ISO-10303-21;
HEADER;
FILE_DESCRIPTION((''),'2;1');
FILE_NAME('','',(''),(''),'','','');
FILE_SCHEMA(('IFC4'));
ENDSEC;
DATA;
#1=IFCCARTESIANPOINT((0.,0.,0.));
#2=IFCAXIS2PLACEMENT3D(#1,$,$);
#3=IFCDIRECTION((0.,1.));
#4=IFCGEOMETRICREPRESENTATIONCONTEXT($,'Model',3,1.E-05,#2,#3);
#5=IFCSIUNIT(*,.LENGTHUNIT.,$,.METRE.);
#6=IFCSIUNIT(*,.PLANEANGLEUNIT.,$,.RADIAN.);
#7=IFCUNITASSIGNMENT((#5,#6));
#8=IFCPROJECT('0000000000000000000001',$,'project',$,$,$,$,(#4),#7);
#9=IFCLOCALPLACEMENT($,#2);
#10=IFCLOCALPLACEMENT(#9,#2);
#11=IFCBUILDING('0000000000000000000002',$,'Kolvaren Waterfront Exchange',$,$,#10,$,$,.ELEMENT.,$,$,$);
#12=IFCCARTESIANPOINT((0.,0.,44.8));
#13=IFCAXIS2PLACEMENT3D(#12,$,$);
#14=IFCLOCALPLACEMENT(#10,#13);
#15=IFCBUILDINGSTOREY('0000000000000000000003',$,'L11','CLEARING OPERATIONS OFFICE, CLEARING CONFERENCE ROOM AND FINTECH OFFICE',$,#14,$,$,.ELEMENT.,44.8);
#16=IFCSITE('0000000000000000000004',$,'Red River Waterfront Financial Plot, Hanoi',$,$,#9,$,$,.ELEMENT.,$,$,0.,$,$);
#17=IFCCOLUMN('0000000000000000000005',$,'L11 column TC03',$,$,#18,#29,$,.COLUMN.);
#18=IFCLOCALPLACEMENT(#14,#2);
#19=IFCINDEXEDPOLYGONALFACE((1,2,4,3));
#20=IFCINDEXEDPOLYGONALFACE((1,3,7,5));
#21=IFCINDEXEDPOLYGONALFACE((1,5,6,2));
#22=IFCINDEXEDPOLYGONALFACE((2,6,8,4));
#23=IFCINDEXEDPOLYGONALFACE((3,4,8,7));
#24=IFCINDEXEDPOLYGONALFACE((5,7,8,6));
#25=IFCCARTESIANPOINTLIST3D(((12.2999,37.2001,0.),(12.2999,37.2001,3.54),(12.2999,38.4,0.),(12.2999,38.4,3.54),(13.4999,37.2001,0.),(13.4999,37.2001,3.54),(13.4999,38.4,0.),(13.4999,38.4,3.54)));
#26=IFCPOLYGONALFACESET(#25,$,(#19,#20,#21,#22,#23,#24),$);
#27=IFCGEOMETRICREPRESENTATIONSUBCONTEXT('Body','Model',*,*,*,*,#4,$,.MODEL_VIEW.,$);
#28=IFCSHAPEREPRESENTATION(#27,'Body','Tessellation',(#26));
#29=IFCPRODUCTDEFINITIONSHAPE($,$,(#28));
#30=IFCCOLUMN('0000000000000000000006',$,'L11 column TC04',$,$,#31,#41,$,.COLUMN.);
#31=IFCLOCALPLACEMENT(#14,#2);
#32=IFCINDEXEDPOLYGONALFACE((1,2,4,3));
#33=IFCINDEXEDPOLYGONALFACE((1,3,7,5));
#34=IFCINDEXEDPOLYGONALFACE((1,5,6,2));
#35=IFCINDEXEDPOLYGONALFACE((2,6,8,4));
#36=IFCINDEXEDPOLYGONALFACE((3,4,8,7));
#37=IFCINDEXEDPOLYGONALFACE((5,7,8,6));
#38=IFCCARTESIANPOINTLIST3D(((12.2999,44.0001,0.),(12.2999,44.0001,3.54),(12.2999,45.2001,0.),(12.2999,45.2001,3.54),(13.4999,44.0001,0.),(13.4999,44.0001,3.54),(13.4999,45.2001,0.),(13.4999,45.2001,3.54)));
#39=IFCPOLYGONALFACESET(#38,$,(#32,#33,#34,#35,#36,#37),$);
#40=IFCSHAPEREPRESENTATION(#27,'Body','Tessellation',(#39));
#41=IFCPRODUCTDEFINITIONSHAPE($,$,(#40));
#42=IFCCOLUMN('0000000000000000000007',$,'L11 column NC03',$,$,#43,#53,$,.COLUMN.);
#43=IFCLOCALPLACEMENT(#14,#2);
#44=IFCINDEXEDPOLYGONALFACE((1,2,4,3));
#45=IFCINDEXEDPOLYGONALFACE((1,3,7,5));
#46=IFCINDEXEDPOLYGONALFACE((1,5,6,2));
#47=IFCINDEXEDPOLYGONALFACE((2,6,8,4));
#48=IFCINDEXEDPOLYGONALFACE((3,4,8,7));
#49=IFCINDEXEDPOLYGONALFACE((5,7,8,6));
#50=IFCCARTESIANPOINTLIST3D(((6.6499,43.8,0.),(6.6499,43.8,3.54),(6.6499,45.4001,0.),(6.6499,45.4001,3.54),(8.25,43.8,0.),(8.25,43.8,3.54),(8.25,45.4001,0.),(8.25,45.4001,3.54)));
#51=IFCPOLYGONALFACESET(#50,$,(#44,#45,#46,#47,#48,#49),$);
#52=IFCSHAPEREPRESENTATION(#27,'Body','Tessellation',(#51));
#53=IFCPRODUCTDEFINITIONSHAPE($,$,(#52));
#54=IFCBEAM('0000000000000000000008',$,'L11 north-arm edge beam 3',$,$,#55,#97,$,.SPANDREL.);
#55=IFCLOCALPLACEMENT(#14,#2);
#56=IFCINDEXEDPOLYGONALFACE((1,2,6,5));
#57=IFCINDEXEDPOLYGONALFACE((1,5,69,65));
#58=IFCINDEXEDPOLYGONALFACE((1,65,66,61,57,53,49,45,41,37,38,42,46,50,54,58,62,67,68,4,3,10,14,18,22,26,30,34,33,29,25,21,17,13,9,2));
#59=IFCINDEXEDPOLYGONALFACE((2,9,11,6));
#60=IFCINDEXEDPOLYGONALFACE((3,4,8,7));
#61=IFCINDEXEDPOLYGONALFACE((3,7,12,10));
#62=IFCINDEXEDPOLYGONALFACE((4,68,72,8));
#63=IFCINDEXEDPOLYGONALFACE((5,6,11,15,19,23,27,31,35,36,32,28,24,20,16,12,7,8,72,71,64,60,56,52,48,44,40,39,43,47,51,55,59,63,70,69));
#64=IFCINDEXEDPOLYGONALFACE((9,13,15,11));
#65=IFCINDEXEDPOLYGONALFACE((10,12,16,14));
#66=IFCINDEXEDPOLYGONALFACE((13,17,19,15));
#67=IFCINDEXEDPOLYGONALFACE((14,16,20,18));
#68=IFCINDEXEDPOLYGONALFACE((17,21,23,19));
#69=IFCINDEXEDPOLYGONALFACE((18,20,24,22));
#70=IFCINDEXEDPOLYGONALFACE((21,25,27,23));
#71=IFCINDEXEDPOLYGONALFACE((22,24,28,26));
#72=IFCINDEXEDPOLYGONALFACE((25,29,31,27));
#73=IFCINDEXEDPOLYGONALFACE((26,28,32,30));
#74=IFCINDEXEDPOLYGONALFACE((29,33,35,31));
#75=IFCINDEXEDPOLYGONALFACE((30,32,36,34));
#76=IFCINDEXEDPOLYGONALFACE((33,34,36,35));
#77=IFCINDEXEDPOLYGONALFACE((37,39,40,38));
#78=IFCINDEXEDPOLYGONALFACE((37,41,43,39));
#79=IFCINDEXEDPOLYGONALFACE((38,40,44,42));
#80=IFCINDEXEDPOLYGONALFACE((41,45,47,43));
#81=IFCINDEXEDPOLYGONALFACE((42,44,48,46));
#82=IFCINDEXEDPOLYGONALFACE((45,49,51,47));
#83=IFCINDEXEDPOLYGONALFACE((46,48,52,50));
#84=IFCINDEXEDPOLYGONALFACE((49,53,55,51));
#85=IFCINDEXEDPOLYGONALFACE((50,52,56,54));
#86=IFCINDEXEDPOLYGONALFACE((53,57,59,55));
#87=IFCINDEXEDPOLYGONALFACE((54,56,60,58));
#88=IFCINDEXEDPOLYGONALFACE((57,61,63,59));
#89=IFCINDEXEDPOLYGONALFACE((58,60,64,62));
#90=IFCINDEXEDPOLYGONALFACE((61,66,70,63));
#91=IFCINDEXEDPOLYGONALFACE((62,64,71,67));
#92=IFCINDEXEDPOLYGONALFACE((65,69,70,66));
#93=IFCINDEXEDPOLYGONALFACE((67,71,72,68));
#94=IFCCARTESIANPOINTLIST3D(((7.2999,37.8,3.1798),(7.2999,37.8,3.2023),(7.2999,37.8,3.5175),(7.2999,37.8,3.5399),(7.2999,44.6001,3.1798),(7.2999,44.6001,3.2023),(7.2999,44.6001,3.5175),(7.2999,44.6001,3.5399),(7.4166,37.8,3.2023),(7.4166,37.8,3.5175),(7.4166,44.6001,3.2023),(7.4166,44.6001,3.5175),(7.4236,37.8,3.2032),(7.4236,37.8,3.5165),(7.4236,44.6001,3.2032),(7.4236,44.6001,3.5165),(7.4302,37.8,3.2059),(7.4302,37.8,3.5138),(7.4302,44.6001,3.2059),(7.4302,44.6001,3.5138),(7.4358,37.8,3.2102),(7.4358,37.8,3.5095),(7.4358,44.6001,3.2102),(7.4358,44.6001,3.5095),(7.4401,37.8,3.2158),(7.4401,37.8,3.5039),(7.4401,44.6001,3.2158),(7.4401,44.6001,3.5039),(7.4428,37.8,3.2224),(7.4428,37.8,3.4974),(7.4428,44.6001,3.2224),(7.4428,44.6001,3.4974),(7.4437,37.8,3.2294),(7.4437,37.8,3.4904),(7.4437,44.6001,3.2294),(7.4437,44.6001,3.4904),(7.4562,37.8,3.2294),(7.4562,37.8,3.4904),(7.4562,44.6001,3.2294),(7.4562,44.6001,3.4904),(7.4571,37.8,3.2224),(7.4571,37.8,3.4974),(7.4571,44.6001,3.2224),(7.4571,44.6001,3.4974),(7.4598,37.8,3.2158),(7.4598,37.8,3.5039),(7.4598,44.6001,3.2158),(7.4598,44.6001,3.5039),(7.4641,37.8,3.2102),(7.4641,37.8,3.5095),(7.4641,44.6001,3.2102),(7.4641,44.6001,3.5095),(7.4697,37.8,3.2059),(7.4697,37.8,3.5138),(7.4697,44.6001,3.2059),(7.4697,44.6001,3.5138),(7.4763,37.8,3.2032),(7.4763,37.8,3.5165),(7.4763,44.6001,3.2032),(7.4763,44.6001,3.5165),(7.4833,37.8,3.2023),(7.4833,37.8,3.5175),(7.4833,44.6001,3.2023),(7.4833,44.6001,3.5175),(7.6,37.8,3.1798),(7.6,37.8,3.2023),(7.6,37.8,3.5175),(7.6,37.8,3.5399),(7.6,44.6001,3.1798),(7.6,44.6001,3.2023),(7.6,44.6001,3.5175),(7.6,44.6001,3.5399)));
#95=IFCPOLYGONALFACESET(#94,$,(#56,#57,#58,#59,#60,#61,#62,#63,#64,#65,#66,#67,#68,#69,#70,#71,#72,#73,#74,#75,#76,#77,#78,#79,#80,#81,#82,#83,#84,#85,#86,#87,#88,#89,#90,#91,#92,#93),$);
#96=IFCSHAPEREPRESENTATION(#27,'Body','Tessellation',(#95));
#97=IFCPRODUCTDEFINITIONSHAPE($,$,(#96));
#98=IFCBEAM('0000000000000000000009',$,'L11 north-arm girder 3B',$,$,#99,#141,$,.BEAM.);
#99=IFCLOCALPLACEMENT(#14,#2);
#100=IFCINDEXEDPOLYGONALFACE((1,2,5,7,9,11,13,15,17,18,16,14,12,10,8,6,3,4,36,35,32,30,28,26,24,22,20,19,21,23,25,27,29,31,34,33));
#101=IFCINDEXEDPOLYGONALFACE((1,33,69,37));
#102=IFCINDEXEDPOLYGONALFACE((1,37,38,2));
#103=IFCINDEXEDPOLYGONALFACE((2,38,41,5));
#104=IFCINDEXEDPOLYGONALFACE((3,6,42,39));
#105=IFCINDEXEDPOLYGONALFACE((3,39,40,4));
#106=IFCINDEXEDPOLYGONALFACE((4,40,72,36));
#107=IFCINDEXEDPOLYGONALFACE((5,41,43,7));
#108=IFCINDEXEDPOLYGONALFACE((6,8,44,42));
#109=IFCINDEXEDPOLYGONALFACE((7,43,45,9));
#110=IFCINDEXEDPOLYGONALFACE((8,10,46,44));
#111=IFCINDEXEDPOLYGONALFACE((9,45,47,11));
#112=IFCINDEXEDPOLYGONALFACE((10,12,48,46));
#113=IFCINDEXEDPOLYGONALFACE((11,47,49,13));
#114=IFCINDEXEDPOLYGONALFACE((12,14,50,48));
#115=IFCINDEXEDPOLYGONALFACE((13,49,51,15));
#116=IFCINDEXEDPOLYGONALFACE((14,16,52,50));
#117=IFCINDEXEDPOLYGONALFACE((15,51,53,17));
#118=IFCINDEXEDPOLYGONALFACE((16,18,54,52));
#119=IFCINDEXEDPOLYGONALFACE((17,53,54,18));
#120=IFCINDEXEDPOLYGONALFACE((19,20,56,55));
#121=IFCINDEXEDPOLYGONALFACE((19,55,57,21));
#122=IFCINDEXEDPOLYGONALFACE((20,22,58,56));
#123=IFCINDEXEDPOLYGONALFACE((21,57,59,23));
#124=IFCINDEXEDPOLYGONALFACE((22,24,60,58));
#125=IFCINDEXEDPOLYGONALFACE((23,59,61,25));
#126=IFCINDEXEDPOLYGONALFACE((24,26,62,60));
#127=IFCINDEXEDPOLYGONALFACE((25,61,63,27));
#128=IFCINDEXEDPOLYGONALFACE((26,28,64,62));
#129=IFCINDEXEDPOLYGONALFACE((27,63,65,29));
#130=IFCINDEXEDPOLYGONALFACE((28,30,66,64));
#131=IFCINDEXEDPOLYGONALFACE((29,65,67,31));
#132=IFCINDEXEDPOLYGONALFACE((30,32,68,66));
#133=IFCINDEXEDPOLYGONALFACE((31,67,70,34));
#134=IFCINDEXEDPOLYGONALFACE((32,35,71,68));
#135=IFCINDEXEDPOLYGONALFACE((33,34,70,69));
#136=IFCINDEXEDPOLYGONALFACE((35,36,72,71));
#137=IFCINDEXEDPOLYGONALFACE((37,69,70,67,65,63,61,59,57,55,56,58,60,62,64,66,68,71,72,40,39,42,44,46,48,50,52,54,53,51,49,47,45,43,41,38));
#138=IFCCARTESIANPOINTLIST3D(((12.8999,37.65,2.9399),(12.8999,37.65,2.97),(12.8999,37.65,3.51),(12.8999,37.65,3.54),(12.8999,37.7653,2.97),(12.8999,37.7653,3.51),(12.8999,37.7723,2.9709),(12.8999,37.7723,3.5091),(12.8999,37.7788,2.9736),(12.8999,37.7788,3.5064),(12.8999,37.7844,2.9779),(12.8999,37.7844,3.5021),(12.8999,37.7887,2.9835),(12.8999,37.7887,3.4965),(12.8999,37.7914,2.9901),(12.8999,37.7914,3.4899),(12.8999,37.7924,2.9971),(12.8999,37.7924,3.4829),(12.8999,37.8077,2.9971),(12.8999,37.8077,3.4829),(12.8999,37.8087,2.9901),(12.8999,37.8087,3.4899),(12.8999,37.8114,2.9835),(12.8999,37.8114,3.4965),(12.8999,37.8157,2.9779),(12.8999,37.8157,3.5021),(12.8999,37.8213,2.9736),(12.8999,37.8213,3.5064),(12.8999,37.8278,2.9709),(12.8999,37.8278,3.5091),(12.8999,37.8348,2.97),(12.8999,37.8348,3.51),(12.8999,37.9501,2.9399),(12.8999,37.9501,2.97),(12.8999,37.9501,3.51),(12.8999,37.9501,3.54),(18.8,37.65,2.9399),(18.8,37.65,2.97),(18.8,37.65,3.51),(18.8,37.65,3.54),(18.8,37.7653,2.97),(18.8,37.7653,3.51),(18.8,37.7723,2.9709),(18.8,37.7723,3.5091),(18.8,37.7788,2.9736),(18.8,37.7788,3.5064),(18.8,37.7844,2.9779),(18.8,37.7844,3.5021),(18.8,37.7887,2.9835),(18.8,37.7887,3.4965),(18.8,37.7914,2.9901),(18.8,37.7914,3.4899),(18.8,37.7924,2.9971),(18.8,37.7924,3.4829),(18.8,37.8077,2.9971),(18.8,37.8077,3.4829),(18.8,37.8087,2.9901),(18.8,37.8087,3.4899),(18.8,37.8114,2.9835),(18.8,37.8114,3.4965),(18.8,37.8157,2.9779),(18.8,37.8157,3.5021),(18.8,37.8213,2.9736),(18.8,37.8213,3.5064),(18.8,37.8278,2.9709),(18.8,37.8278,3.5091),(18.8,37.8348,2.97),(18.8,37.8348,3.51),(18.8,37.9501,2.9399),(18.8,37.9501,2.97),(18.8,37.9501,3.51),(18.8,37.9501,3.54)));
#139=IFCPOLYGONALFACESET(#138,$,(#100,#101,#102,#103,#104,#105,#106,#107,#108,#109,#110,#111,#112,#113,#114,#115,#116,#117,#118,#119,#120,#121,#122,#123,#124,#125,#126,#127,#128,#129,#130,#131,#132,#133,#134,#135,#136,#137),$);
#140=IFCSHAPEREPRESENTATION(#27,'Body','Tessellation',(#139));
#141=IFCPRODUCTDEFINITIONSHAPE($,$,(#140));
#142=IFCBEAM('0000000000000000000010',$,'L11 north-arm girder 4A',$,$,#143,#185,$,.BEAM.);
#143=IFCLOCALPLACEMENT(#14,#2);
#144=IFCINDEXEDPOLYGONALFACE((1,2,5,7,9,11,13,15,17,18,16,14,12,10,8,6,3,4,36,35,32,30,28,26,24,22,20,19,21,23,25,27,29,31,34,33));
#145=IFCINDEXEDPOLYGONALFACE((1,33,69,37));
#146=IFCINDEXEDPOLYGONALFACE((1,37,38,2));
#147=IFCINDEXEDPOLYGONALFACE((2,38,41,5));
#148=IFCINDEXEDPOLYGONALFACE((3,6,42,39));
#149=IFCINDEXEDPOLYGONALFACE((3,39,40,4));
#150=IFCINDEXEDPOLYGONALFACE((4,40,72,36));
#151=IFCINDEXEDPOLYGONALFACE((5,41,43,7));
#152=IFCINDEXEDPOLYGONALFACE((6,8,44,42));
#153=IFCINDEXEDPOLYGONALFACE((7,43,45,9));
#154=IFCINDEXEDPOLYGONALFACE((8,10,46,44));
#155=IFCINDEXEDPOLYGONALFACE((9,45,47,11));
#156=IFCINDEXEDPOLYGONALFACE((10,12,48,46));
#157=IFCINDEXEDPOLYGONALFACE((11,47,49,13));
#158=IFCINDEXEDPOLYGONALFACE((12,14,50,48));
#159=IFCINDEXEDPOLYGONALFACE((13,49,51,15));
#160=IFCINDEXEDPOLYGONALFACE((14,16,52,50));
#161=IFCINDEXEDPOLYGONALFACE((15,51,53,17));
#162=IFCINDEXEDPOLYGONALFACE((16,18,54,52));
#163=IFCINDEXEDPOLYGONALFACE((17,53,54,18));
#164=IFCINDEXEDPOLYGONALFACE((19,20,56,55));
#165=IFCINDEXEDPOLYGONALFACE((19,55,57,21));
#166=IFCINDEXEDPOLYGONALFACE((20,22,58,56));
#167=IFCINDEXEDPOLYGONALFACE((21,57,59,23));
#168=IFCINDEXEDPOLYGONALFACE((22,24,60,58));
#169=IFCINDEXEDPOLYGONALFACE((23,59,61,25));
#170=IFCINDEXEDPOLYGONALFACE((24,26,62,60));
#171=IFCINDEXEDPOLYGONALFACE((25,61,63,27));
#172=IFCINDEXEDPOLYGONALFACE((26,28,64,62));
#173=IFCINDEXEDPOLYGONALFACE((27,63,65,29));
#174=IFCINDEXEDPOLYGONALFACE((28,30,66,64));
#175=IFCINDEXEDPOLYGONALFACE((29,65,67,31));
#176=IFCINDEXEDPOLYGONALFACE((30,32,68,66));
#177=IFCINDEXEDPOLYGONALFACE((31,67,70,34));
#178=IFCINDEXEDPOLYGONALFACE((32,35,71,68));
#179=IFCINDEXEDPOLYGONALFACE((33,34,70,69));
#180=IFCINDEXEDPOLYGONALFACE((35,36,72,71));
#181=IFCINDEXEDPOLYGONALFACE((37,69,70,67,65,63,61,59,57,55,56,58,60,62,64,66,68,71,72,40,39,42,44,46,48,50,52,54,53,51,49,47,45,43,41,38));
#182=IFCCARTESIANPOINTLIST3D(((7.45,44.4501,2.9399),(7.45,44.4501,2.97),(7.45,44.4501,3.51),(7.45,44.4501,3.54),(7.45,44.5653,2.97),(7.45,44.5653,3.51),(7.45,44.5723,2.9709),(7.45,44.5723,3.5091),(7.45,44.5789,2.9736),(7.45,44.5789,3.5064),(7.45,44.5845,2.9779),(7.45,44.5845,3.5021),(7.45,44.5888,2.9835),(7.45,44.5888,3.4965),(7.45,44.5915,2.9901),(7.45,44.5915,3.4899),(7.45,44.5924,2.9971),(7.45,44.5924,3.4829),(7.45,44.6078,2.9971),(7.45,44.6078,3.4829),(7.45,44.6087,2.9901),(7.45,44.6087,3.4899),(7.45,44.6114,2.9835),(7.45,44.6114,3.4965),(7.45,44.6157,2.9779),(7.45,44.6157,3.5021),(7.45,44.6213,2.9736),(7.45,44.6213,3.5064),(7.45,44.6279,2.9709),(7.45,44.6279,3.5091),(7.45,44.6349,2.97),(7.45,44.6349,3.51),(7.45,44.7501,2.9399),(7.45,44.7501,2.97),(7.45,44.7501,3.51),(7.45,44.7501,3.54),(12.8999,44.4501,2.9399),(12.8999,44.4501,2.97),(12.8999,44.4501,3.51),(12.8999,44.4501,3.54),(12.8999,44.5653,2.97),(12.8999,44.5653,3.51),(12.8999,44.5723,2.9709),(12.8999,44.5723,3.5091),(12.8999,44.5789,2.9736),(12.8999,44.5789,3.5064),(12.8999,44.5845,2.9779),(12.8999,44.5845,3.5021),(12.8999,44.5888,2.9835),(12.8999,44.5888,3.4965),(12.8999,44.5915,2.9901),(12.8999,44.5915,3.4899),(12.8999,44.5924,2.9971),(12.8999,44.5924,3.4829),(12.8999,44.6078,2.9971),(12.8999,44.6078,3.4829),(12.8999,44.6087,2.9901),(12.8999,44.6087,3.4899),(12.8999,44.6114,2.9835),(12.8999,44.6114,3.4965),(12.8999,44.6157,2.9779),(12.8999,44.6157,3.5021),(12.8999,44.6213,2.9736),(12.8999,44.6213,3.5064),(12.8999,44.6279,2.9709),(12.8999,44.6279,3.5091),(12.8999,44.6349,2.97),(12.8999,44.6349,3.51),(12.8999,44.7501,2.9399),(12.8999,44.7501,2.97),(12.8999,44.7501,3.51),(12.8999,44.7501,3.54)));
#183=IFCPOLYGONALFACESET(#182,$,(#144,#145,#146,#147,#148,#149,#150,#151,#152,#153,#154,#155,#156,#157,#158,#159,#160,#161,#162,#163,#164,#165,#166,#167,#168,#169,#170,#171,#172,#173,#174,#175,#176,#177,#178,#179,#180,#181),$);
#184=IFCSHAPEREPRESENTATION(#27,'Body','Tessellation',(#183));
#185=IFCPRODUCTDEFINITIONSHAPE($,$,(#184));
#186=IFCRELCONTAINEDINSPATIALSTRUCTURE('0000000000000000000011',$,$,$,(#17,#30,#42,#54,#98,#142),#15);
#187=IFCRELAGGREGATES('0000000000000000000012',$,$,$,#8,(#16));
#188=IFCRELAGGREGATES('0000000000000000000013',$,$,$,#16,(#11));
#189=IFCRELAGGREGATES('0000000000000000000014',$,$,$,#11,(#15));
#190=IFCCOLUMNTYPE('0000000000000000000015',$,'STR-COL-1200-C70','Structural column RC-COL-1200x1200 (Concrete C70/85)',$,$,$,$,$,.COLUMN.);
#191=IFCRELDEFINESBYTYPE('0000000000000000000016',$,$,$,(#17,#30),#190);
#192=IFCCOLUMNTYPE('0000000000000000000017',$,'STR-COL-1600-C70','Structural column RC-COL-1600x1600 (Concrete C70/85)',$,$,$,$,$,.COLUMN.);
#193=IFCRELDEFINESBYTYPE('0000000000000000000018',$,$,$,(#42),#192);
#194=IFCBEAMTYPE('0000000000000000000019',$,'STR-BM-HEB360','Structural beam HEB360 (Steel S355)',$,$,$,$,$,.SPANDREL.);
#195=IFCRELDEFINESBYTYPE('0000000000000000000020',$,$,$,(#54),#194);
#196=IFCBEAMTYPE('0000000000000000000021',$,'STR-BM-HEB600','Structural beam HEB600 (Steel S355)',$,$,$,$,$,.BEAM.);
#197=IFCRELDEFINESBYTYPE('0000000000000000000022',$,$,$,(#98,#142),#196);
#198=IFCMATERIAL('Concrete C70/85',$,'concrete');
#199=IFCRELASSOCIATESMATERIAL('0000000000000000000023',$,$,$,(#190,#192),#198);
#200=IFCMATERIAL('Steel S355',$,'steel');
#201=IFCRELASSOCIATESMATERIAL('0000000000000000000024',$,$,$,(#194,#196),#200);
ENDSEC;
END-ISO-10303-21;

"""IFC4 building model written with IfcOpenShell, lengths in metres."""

from ifc_helpers import new_model, si_unit, direction, frame, origin, origin_2d, place, context, subcontext, project, spatial, rectangle, i_section, extrude, material, material_profile, profile_set, type_object, element, save


model = new_model("IFC4")

# Units and contexts
model_context = context("Model", 3, precision=1e-05, world=origin(), true_north=direction((0.0, 1.0)))
body_context = subcontext(model_context, "Body", "Model", "MODEL_VIEW")
ifc_project = project(units=[si_unit("LENGTHUNIT", "METRE"), si_unit("PLANEANGLEUNIT", "RADIAN")], contexts=[model_context])

# Site, building, storey
site_placement = place(None, origin())
site = spatial("IfcSite", under=ifc_project, at=site_placement, Name="Red River Waterfront Financial Plot, Hanoi", CompositionType="ELEMENT", RefElevation=0.0)
building_placement = place(site_placement, origin())
building = spatial("IfcBuilding", under=site, at=building_placement, Name="Kolvaren Waterfront Exchange", CompositionType="ELEMENT")
storey_placement = place(building_placement, frame((0.0, 0.0, 44.8)))
storey = spatial("IfcBuildingStorey", under=building, at=storey_placement, Name="L11", Description="CLEARING OPERATIONS OFFICE, CLEARING CONFERENCE ROOM AND FINTECH OFFICE", CompositionType="ELEMENT", Elevation=44.8)

# Columns
ifc_material_1 = material(Name="Concrete C70/85", Category="concrete")
ifc_material_profile_1 = material_profile(ifc_material_1, rectangle(XDim=1.2, YDim=1.2, at=origin_2d()), Name="RC-COL-1200x1200")
ifc_profile_set_1 = profile_set([ifc_material_profile_1], Name="Concrete C70/85")
column_type_1 = type_object("IfcColumnType", Name="STR-COL-1200-C70", Description="Structural column RC-COL-1200x1200 (Concrete C70/85)", PredefinedType="COLUMN", material=ifc_profile_set_1)
for number, where, z_axis, x_axis, name in (
    (1, (12.8999, 37.8, 0.0), (0.0, 0.0, 1.0), (1.0, 0.0, 0.0), "L11 column TC03"),
    (2, (12.8999, 44.6001, 0.0), (0.0, 0.0, 1.0), (1.0, 0.0, 0.0), "L11 column TC04"),
):
    element("IfcColumn", number, at=place(storey_placement, frame(where, z_axis=z_axis, x_axis=x_axis)), inside=storey, type_object=column_type_1, Name=name, PredefinedType="COLUMN", context=body_context, shape_type="SweptSolid", body=[
        extrude(rectangle(XDim=1.2, YDim=1.2, at=origin_2d()), origin(), (0.0, 0.0, 1.0), 3.54),
    ])
ifc_material_profile_2 = material_profile(ifc_material_1, rectangle(XDim=1.6001, YDim=1.6001, at=origin_2d()), Name="RC-COL-1600x1600")
ifc_profile_set_2 = profile_set([ifc_material_profile_2], Name="Concrete C70/85")
column_type_2 = type_object("IfcColumnType", Name="STR-COL-1600-C70", Description="Structural column RC-COL-1600x1600 (Concrete C70/85)", PredefinedType="COLUMN", material=ifc_profile_set_2)
column_placement = place(storey_placement, frame((7.45, 44.6001, 0.0), z_axis=(0.0, 0.0, 1.0), x_axis=(1.0, 0.0, 0.0)))
element("IfcColumn", 3, at=column_placement, inside=storey, type_object=column_type_2, Name="L11 column NC03", PredefinedType="COLUMN", context=body_context, shape_type="SweptSolid", body=[
    extrude(rectangle(XDim=1.6001, YDim=1.6001, at=origin_2d()), origin(), (0.0, 0.0, 1.0), 3.54),
])

# Beams
ifc_material_2 = material(Name="Steel S355", Category="steel")
ifc_material_profile_3 = material_profile(ifc_material_2, i_section(OverallWidth=0.3, OverallDepth=0.3601, WebThickness=0.0125, FlangeThickness=0.0225, FilletRadius=0.0271, at=origin_2d()), Name="HEB360")
ifc_profile_set_3 = profile_set([ifc_material_profile_3], Name="Steel S355")
beam_type_1 = type_object("IfcBeamType", Name="STR-BM-HEB360", Description="Structural beam HEB360 (Steel S355)", PredefinedType="SPANDREL", material=ifc_profile_set_3)
beam_1_placement = place(storey_placement, frame((7.45, 37.8, 3.3599), z_axis=(0.0, 1.0, 0.0), x_axis=(-1.0, 0.0, 0.0)))
element("IfcBeam", 4, at=beam_1_placement, inside=storey, type_object=beam_type_1, Name="L11 north-arm edge beam 3", PredefinedType="SPANDREL", context=body_context, shape_type="SweptSolid", body=[
    extrude(i_section(OverallWidth=0.3, OverallDepth=0.3601, WebThickness=0.0125, FlangeThickness=0.0225, FilletRadius=0.0271, at=origin_2d()), origin(), (0.0, 0.0, 1.0), 6.8),
])
ifc_material_profile_4 = material_profile(ifc_material_2, i_section(OverallWidth=0.3, OverallDepth=0.6001, WebThickness=0.0154, FlangeThickness=0.03, FilletRadius=0.0271, at=origin_2d()), Name="HEB600")
ifc_profile_set_4 = profile_set([ifc_material_profile_4], Name="Steel S355")
beam_type_2 = type_object("IfcBeamType", Name="STR-BM-HEB600", Description="Structural beam HEB600 (Steel S355)", PredefinedType="BEAM", material=ifc_profile_set_4)
beam_2_placement = place(storey_placement, frame((12.8999, 37.8, 3.24), z_axis=(1.0, 0.0, 0.0), x_axis=(0.0, 1.0, 0.0)))
element("IfcBeam", 5, at=beam_2_placement, inside=storey, type_object=beam_type_2, Name="L11 north-arm girder 3B", PredefinedType="BEAM", context=body_context, shape_type="SweptSolid", body=[
    extrude(i_section(OverallWidth=0.3, OverallDepth=0.6001, WebThickness=0.0154, FlangeThickness=0.03, FilletRadius=0.0271, at=origin_2d()), origin(), (0.0, 0.0, 1.0), 5.9001),
])
beam_3_placement = place(storey_placement, frame((7.45, 44.6001, 3.24), z_axis=(1.0, 0.0, 0.0), x_axis=(0.0, 1.0, 0.0)))
element("IfcBeam", 6, at=beam_3_placement, inside=storey, type_object=beam_type_2, Name="L11 north-arm girder 4A", PredefinedType="BEAM", context=body_context, shape_type="SweptSolid", body=[
    extrude(i_section(OverallWidth=0.3, OverallDepth=0.6001, WebThickness=0.0154, FlangeThickness=0.03, FilletRadius=0.0271, at=origin_2d()), origin(), (0.0, 0.0, 1.0), 5.45),
])

save(model, "model.ifc")
